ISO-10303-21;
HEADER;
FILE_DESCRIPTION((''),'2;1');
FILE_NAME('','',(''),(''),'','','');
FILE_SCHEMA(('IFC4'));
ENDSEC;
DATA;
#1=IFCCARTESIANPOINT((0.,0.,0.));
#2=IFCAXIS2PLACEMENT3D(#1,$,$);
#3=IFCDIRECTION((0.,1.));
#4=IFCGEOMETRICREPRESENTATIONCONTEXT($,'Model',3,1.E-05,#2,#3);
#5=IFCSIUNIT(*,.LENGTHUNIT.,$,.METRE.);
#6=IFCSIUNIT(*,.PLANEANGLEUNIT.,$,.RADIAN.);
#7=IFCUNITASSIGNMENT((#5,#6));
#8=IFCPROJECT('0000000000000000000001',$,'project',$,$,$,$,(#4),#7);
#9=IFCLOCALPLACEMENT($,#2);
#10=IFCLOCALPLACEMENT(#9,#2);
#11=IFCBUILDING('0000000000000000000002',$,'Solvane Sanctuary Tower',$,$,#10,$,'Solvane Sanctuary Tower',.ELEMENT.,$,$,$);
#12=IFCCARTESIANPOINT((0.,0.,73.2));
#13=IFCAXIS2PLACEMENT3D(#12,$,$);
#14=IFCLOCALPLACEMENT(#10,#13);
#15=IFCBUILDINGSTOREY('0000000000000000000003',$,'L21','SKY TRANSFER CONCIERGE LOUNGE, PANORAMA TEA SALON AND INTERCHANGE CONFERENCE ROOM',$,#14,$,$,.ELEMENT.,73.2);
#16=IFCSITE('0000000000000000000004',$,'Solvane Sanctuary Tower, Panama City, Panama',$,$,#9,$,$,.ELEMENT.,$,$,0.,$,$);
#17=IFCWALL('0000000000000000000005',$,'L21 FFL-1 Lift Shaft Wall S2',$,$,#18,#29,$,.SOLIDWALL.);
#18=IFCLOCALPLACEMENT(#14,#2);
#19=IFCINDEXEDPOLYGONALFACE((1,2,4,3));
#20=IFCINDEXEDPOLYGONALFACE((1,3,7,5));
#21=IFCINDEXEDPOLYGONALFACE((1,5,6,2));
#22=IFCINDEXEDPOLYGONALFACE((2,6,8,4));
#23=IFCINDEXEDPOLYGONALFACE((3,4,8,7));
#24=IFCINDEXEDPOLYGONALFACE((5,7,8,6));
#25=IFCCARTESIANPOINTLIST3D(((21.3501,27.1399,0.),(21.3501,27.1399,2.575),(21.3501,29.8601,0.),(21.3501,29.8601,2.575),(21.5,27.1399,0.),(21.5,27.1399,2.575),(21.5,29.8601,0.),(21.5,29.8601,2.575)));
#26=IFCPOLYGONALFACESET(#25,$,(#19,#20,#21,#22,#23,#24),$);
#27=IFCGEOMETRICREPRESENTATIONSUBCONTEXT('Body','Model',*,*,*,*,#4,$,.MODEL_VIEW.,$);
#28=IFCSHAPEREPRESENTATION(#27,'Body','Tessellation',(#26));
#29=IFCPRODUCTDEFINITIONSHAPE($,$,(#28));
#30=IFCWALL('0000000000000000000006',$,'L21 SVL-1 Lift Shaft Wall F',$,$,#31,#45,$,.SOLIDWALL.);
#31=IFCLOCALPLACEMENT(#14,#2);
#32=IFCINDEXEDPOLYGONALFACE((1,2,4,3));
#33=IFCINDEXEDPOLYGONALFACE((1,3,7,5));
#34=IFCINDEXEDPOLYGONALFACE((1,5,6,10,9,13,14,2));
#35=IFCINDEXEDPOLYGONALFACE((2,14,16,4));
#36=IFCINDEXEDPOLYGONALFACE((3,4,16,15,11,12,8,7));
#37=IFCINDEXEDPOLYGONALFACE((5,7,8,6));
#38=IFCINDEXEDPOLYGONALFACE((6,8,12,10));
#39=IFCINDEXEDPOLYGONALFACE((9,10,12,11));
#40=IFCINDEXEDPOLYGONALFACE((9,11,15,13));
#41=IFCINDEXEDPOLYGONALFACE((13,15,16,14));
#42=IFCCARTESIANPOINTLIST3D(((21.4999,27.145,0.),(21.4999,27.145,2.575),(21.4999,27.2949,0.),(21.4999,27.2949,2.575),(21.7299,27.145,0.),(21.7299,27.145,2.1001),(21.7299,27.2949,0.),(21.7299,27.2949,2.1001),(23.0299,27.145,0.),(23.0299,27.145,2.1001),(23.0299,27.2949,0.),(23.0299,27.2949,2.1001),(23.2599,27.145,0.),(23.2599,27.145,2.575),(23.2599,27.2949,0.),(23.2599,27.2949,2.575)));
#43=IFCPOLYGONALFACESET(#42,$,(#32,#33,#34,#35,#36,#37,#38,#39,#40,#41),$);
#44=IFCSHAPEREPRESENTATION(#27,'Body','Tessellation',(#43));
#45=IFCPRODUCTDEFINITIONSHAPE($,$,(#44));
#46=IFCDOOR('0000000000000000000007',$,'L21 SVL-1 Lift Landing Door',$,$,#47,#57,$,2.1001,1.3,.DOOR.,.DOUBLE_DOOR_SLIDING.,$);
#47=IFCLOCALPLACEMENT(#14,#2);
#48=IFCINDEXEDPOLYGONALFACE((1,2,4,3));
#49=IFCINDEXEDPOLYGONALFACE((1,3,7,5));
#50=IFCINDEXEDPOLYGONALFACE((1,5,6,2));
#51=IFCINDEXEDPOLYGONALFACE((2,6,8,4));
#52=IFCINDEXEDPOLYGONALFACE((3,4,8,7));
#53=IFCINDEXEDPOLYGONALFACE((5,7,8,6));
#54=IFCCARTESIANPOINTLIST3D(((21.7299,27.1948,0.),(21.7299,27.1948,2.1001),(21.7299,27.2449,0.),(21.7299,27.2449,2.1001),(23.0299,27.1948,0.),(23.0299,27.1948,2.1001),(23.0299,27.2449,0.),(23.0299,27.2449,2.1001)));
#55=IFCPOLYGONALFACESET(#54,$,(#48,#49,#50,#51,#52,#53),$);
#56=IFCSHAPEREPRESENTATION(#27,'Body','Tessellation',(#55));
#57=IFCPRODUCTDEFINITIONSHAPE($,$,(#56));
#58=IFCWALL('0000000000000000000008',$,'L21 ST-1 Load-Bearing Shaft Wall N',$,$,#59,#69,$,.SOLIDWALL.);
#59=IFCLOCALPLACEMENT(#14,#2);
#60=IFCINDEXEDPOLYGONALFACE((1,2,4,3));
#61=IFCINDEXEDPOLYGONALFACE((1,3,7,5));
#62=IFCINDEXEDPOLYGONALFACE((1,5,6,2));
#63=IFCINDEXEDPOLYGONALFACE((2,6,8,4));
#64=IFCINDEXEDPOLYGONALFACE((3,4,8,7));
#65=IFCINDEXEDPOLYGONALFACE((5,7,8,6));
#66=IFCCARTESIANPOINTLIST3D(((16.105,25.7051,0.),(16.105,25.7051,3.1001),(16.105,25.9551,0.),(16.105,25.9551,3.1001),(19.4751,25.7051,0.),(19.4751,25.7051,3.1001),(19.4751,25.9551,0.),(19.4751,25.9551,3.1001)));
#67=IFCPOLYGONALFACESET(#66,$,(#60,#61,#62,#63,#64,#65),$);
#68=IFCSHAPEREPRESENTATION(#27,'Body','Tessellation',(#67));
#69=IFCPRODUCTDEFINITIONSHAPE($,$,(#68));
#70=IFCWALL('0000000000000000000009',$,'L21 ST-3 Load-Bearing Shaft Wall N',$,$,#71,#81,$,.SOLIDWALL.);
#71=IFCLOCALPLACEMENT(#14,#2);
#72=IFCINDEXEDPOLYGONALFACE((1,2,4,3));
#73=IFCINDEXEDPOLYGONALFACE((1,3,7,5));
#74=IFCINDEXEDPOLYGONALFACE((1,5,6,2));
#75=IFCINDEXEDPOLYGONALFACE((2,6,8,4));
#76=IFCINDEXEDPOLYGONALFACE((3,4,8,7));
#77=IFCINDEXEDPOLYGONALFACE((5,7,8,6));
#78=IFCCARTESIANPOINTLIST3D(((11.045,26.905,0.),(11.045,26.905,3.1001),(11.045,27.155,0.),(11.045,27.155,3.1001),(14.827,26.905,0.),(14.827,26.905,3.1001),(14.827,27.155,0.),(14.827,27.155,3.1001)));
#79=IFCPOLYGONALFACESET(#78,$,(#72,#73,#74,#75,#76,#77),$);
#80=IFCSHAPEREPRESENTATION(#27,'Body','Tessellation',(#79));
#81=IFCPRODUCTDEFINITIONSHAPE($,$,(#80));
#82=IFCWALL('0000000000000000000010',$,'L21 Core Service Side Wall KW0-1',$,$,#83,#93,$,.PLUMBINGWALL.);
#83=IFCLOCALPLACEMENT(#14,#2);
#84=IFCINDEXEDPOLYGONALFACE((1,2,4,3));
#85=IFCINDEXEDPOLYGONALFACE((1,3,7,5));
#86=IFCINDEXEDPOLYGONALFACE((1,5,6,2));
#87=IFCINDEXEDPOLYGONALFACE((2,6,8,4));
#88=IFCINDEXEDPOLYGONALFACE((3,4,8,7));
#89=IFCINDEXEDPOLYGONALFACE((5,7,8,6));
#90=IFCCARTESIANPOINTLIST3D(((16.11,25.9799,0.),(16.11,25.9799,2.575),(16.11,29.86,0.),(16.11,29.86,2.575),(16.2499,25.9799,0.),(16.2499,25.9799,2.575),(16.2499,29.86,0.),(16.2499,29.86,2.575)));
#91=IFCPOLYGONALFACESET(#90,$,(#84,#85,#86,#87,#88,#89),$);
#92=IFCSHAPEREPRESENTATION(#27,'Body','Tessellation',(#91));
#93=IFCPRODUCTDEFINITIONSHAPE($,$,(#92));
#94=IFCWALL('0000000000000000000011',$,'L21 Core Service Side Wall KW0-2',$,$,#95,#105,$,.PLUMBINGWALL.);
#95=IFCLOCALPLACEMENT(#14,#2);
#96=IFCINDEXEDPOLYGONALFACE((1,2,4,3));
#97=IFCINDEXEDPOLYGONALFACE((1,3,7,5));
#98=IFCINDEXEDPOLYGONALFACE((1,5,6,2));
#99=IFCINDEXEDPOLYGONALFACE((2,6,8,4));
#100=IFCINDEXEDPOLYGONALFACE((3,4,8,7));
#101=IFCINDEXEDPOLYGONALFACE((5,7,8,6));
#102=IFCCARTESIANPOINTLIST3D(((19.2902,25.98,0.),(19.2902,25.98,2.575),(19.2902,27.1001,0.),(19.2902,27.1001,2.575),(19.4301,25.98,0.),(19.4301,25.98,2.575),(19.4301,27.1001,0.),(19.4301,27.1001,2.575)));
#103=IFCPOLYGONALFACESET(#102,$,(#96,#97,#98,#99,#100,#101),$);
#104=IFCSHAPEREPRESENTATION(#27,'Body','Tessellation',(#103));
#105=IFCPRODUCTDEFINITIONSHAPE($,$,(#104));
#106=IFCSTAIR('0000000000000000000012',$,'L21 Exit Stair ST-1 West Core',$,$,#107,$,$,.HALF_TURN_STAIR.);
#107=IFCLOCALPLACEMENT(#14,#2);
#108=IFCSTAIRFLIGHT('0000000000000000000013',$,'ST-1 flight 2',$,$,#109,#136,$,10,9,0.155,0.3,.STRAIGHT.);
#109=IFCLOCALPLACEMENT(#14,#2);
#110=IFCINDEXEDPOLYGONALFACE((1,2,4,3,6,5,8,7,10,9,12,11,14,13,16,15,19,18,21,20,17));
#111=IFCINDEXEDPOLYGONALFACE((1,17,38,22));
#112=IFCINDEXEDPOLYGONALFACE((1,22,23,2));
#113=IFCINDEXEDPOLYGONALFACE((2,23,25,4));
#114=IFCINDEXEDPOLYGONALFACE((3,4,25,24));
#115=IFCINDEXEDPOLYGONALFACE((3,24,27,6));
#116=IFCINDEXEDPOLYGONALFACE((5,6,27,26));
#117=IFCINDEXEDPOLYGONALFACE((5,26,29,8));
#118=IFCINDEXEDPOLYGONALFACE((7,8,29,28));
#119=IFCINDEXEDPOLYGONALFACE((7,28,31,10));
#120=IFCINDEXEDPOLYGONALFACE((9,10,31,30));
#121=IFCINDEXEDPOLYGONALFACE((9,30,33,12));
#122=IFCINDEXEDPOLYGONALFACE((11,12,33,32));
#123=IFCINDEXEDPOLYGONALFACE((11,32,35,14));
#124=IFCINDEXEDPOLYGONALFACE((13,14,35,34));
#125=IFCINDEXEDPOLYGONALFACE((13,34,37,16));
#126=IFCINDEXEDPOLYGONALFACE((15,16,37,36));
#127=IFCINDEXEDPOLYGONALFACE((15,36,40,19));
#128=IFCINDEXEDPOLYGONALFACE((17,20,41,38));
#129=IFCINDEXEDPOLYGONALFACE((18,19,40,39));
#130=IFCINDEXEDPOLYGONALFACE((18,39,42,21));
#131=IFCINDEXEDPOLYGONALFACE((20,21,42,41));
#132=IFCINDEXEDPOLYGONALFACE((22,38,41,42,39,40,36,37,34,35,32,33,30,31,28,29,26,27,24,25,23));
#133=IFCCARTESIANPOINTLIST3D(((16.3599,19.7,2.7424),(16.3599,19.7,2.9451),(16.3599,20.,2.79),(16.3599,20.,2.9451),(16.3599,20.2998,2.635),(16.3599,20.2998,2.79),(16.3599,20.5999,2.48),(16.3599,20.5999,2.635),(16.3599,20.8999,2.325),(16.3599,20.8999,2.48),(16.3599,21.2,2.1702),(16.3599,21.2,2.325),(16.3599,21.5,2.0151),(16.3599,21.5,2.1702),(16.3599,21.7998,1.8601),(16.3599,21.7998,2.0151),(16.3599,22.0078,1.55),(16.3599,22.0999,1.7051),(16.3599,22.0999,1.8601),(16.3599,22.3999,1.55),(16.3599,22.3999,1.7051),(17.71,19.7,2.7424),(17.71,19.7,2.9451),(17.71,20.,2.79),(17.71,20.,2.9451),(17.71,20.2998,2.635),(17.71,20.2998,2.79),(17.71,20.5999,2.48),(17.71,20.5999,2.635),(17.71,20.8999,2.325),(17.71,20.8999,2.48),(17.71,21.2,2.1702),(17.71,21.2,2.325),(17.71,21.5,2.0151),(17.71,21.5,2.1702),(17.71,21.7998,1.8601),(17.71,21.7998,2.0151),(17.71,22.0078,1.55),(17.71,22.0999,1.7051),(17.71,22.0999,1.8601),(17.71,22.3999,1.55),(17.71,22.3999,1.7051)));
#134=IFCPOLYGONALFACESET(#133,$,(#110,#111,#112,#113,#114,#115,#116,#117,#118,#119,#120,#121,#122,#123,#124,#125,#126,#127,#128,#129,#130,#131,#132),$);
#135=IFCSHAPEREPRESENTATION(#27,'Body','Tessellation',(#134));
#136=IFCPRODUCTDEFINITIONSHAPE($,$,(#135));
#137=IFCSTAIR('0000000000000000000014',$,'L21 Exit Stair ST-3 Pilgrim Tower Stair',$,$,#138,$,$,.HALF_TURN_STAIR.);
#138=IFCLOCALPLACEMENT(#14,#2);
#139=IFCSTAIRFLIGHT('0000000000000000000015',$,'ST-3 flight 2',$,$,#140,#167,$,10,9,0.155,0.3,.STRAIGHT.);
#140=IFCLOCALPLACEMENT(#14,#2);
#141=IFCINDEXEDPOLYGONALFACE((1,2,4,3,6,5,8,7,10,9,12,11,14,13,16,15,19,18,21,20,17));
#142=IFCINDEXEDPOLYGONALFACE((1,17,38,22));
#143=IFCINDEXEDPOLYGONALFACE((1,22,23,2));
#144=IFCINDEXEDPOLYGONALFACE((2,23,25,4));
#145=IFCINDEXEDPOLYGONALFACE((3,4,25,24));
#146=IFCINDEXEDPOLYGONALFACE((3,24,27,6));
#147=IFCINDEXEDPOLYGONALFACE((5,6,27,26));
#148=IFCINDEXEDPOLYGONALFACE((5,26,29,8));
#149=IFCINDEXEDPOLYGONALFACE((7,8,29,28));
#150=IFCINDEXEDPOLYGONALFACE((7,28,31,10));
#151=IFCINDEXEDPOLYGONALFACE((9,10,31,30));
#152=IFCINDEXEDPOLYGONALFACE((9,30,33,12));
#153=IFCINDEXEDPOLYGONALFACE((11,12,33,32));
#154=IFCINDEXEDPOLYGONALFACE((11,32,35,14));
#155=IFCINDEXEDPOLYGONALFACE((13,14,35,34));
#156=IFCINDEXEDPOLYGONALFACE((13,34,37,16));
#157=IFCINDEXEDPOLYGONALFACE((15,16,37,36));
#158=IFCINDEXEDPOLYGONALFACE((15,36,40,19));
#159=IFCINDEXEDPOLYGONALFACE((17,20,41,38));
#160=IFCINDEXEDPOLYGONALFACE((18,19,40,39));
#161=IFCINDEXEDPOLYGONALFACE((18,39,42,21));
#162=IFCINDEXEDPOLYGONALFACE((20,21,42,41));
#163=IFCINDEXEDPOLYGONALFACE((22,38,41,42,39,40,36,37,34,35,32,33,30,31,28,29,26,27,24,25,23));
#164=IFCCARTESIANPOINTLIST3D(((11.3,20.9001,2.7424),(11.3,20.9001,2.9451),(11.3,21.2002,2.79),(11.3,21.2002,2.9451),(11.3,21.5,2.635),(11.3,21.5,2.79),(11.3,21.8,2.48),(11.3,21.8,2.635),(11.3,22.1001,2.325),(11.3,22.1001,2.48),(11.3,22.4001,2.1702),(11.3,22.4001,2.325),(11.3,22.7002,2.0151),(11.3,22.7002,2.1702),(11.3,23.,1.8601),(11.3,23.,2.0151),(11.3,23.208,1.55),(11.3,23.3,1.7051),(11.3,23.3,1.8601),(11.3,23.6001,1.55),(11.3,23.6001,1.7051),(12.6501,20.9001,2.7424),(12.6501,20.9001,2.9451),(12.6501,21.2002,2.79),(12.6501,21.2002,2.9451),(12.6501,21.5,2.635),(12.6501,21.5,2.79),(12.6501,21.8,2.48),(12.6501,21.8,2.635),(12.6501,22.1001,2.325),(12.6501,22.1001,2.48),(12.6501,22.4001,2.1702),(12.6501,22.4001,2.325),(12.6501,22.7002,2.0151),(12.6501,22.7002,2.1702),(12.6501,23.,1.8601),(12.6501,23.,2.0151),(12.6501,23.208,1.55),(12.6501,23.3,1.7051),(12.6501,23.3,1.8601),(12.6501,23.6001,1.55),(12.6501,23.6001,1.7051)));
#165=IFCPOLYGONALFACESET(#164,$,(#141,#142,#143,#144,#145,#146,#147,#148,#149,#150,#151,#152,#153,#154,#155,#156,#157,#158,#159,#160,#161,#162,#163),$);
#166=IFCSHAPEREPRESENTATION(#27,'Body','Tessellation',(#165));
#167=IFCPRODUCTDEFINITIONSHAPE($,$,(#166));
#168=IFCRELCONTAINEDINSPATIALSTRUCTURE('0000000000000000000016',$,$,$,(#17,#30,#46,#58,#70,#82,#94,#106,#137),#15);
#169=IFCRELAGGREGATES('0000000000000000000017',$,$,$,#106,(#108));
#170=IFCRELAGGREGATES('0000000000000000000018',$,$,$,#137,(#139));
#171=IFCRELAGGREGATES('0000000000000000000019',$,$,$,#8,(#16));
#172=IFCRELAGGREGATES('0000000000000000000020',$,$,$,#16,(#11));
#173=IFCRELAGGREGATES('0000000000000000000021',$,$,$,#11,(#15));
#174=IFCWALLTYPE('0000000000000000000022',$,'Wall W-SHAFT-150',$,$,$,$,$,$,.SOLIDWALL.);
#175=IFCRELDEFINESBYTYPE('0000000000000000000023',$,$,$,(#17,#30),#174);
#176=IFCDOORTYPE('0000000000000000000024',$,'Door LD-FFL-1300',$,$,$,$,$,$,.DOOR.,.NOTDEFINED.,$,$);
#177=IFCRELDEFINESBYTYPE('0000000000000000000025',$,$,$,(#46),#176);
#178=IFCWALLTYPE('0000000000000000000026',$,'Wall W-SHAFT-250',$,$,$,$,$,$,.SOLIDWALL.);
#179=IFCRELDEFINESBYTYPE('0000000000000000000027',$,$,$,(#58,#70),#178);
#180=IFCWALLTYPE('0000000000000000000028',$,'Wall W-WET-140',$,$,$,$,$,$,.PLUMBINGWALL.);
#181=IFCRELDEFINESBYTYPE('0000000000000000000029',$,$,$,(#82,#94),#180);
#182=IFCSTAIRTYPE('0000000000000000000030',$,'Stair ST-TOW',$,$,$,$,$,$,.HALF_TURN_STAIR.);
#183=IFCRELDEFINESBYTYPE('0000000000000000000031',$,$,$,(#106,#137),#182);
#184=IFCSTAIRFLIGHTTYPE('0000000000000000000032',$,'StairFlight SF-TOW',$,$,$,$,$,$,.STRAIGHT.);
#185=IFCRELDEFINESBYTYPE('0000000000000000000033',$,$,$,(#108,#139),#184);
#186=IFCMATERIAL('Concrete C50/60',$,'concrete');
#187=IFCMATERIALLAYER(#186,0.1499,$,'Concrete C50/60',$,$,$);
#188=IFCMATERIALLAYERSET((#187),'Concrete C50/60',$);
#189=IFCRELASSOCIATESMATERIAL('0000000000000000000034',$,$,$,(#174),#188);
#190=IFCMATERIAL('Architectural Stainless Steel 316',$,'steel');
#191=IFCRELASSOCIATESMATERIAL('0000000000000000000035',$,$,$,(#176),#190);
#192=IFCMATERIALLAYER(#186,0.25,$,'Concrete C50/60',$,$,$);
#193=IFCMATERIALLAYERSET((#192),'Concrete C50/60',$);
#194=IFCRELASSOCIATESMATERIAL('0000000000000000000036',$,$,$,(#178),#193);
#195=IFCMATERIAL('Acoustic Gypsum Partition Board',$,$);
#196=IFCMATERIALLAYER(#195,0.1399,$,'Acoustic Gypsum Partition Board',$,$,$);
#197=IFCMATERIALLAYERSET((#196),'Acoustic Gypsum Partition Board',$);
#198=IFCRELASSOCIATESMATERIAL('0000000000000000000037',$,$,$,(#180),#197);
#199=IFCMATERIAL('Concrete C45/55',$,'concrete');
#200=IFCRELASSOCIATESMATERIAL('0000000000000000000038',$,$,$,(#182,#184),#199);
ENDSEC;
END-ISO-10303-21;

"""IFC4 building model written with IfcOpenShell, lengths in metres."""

from ifc_helpers import new_model, si_unit, direction, frame, frame_2d, origin, place, context, subcontext, project, spatial, polyline, rectangle, outline, extrude, material, layer, layer_set, type_object, element, fill, aggregate, save


model = new_model("IFC4")

# Units and contexts
model_context = context("Model", 3, precision=1e-05, world=origin(), true_north=direction((0.0, 1.0)))
body_context = subcontext(model_context, "Body", "Model", "MODEL_VIEW")
ifc_project = project(units=[si_unit("LENGTHUNIT", "METRE"), si_unit("PLANEANGLEUNIT", "RADIAN")], contexts=[model_context])

# Site, building, storey
site_placement = place(None, origin())
site = spatial("IfcSite", under=ifc_project, at=site_placement, Name="Solvane Sanctuary Tower, Panama City, Panama", CompositionType="ELEMENT", RefElevation=0.0)
building_placement = place(site_placement, origin())
building = spatial("IfcBuilding", under=site, at=building_placement, Name="Solvane Sanctuary Tower", LongName="Solvane Sanctuary Tower", CompositionType="ELEMENT")
storey_placement = place(building_placement, frame((0.0, 0.0, 73.2)))
storey = spatial("IfcBuildingStorey", under=building, at=storey_placement, Name="L21", Description="SKY TRANSFER CONCIERGE LOUNGE, PANORAMA TEA SALON AND INTERCHANGE CONFERENCE ROOM", CompositionType="ELEMENT", Elevation=73.2)

# Shared definitions
ifc_material_1 = material(Name="Acoustic Gypsum Partition Board")

# Shared definitions
ifc_material_2 = material(Name="Concrete C50/60", Category="concrete")
ifc_layer_1 = layer(ifc_material_2, 0.1499, Name="Concrete C50/60")
ifc_layer_set_1 = layer_set([ifc_layer_1], Name="Concrete C50/60")
wall_type_1 = type_object("IfcWallType", Name="Wall W-SHAFT-150", PredefinedType="SOLIDWALL", material=ifc_layer_set_1)

# Shared definitions
ifc_material_3 = material(Name="Architectural Stainless Steel 316", Category="steel")

# Shared definitions
door_type_1 = type_object("IfcDoorType", Name="Door LD-FFL-1300", OperationType="NOTDEFINED", PredefinedType="DOOR", material=ifc_material_3)

# Wall
for number, where, z_axis, x_axis, name in (
    (1, (21.425, 27.1399, 0.0), (0.0, 0.0, 1.0), (0.0, 1.0, 0.0), "L21 FFL-1 Lift Shaft Wall S2"),
):
    element("IfcWall", number, at=place(storey_placement, frame(where, z_axis=z_axis, x_axis=x_axis)), inside=storey, type_object=wall_type_1, Name=name, PredefinedType="SOLIDWALL", context=body_context, shape_type="SweptSolid", body=[
        extrude(rectangle(XDim=2.7202, YDim=0.1499, at=frame_2d((1.3601, 0.0))), origin(), (0.0, 0.0, 1.0), 2.575),
    ])

# Wall, opening, door
wall_1_placement = place(storey_placement, frame((21.5, 27.22, 0.0), z_axis=(0.0, 0.0, 1.0), x_axis=(1.0, 0.0, 0.0)))
wall_1 = element("IfcWall", 2, at=wall_1_placement, inside=storey, type_object=wall_type_1, Name="L21 SVL-1 Lift Shaft Wall F", PredefinedType="SOLIDWALL", context=body_context, shape_type="SweptSolid", body=[
    extrude(rectangle(XDim=1.76, YDim=0.1499, at=frame_2d((0.8799, 0.0))), origin(), (0.0, 0.0, 1.0), 2.575),
])
opening_1_placement = place(wall_1_placement, frame((0.23, 0.0, 0.0)))
opening_1 = element("IfcOpeningElement", 3, at=opening_1_placement, cuts=wall_1, PredefinedType="OPENING", context=body_context, shape_type="SweptSolid", body=[
    extrude(rectangle(XDim=1.3, YDim=2.1001, at=frame_2d((0.6499, 1.05))), frame((0.0, 0.085, 0.0), z_axis=(0.0, -1.0, 0.0), x_axis=(1.0, 0.0, 0.0)), (0.0, 0.0, 1.0), 0.1699),
])
door_1_placement = place(opening_1_placement, origin())
door_1 = element("IfcDoor", 4, at=door_1_placement, inside=storey, type_object=door_type_1, Name="L21 SVL-1 Lift Landing Door", OperationType="DOUBLE_DOOR_SLIDING", OverallHeight=2.1001, OverallWidth=1.3, PredefinedType="DOOR", context=body_context, shape_type="SweptSolid", body=[
    extrude(rectangle(XDim=1.3, YDim=2.1001, at=frame_2d((0.6499, 1.05))), frame((0.0, 0.0249, 0.0), z_axis=(0.0, -1.0, 0.0), x_axis=(1.0, 0.0, 0.0)), (0.0, 0.0, 1.0), 0.05),
])
fill(opening_1, door_1)

# Walls
ifc_layer_2 = layer(ifc_material_2, 0.25, Name="Concrete C50/60")
ifc_layer_set_2 = layer_set([ifc_layer_2], Name="Concrete C50/60")
wall_type_2 = type_object("IfcWallType", Name="Wall W-SHAFT-250", PredefinedType="SOLIDWALL", material=ifc_layer_set_2)
wall_2_placement = place(storey_placement, frame((16.105, 25.8301, 0.0), z_axis=(0.0, 0.0, 1.0), x_axis=(1.0, 0.0, 0.0)))
element("IfcWall", 5, at=wall_2_placement, inside=storey, type_object=wall_type_2, Name="L21 ST-1 Load-Bearing Shaft Wall N", PredefinedType="SOLIDWALL", context=body_context, shape_type="SweptSolid", body=[
    extrude(rectangle(XDim=3.3701, YDim=0.25, at=frame_2d((1.6851, 0.0))), origin(), (0.0, 0.0, 1.0), 3.1001),
])
wall_3_placement = place(storey_placement, frame((11.0449, 27.03, 0.0), z_axis=(0.0, 0.0, 1.0), x_axis=(1.0, 0.0, 0.0)))
element("IfcWall", 6, at=wall_3_placement, inside=storey, type_object=wall_type_2, Name="L21 ST-3 Load-Bearing Shaft Wall N", PredefinedType="SOLIDWALL", context=body_context, shape_type="SweptSolid", body=[
    extrude(rectangle(XDim=3.782, YDim=0.25, at=frame_2d((1.8911, 0.0))), origin(), (0.0, 0.0, 1.0), 3.1001),
])
ifc_layer_3 = layer(ifc_material_1, 0.1399, Name="Acoustic Gypsum Partition Board")
ifc_layer_set_3 = layer_set([ifc_layer_3], Name="Acoustic Gypsum Partition Board")
wall_type_3 = type_object("IfcWallType", Name="Wall W-WET-140", PredefinedType="PLUMBINGWALL", material=ifc_layer_set_3)
wall_4_placement = place(storey_placement, frame((16.1799, 25.98, 0.0), z_axis=(0.0, 0.0, 1.0), x_axis=(0.0, 1.0, 0.0)))
element("IfcWall", 7, at=wall_4_placement, inside=storey, type_object=wall_type_3, Name="L21 Core Service Side Wall KW0-1", PredefinedType="PLUMBINGWALL", context=body_context, shape_type="SweptSolid", body=[
    extrude(rectangle(XDim=3.8801, YDim=0.1399, at=frame_2d((1.9399, 0.0))), origin(), (0.0, 0.0, 1.0), 2.575),
])
wall_5_placement = place(storey_placement, frame((19.3601, 25.98, 0.0), z_axis=(0.0, 0.0, 1.0), x_axis=(0.0, 1.0, 0.0)))
element("IfcWall", 8, at=wall_5_placement, inside=storey, type_object=wall_type_3, Name="L21 Core Service Side Wall KW0-2", PredefinedType="PLUMBINGWALL", context=body_context, shape_type="SweptSolid", body=[
    extrude(rectangle(XDim=1.1201, YDim=0.1399, at=frame_2d((0.5601, 0.0))), origin(), (0.0, 0.0, 1.0), 2.575),
])

# Stairs, stair flights
ifc_material_4 = material(Name="Concrete C45/55", Category="concrete")
stair_type = type_object("IfcStairType", Name="Stair ST-TOW", PredefinedType="HALF_TURN_STAIR", material=ifc_material_4)
stair_1_placement = place(storey_placement, origin())
stair_1 = element("IfcStair", 9, at=stair_1_placement, inside=storey, type_object=stair_type, Name="L21 Exit Stair ST-1 West Core", PredefinedType="HALF_TURN_STAIR")
stair_flight_type = type_object("IfcStairFlightType", Name="StairFlight SF-TOW", PredefinedType="STRAIGHT", material=ifc_material_4)
stair_flight_1_placement = place(storey_placement, frame((17.0349, 22.3999, 1.55), z_axis=(0.0, 0.0, 1.0), x_axis=(0.0, -1.0, 0.0)))
stair_flight_1 = element("IfcStairFlight", 10, at=stair_flight_1_placement, type_object=stair_flight_type, Name="ST-1 flight 2", NumberOfRisers=10, NumberOfTreads=9, PredefinedType="STRAIGHT", RiserHeight=0.155, TreadLength=0.3, context=body_context, shape_type="SweptSolid", body=[
    extrude(outline(polyline([(0.0, 0.0), (0.0, 0.155), (0.3, 0.155), (0.3, 0.3101), (0.6001, 0.3101), (0.6001, 0.4651), (0.8999, 0.4651), (0.8999, 0.6201), (1.2, 0.6201), (1.2, 0.7749), (1.5, 0.7749), (1.5, 0.9299), (1.8, 0.9299), (1.8, 1.085), (2.1001, 1.085), (2.1001, 1.24), (2.3999, 1.24), (2.3999, 1.395), (2.7, 1.395), (2.7, 1.55), (2.7, 1.1924), (0.3921, 0.0), (0.0, 0.0)])), frame((0.0, 0.675, 0.0), z_axis=(0.0, -1.0, 0.0), x_axis=(1.0, 0.0, 0.0)), (0.0, 0.0, 1.0), 1.3501),
])
aggregate(stair_1, [stair_flight_1])
stair_2_placement = place(storey_placement, origin())
stair_2 = element("IfcStair", 11, at=stair_2_placement, inside=storey, type_object=stair_type, Name="L21 Exit Stair ST-3 Pilgrim Tower Stair", PredefinedType="HALF_TURN_STAIR")
stair_flight_2_placement = place(storey_placement, frame((11.9751, 23.6001, 1.55), z_axis=(0.0, 0.0, 1.0), x_axis=(0.0, -1.0, 0.0)))
stair_flight_2 = element("IfcStairFlight", 12, at=stair_flight_2_placement, type_object=stair_flight_type, Name="ST-3 flight 2", NumberOfRisers=10, NumberOfTreads=9, PredefinedType="STRAIGHT", RiserHeight=0.155, TreadLength=0.3, context=body_context, shape_type="SweptSolid", body=[
    extrude(outline(polyline([(0.0, 0.0), (0.0, 0.155), (0.3, 0.155), (0.3, 0.3101), (0.6001, 0.3101), (0.6001, 0.4651), (0.8999, 0.4651), (0.8999, 0.6201), (1.2, 0.6201), (1.2, 0.7749), (1.5, 0.7749), (1.5, 0.9299), (1.8, 0.9299), (1.8, 1.085), (2.1001, 1.085), (2.1001, 1.24), (2.3999, 1.24), (2.3999, 1.395), (2.7, 1.395), (2.7, 1.55), (2.7, 1.1924), (0.3921, 0.0), (0.0, 0.0)])), frame((0.0, 0.675, 0.0), z_axis=(0.0, -1.0, 0.0), x_axis=(1.0, 0.0, 0.0)), (0.0, 0.0, 1.0), 1.3501),
])
aggregate(stair_2, [stair_flight_2])

save(model, "model.ifc")
